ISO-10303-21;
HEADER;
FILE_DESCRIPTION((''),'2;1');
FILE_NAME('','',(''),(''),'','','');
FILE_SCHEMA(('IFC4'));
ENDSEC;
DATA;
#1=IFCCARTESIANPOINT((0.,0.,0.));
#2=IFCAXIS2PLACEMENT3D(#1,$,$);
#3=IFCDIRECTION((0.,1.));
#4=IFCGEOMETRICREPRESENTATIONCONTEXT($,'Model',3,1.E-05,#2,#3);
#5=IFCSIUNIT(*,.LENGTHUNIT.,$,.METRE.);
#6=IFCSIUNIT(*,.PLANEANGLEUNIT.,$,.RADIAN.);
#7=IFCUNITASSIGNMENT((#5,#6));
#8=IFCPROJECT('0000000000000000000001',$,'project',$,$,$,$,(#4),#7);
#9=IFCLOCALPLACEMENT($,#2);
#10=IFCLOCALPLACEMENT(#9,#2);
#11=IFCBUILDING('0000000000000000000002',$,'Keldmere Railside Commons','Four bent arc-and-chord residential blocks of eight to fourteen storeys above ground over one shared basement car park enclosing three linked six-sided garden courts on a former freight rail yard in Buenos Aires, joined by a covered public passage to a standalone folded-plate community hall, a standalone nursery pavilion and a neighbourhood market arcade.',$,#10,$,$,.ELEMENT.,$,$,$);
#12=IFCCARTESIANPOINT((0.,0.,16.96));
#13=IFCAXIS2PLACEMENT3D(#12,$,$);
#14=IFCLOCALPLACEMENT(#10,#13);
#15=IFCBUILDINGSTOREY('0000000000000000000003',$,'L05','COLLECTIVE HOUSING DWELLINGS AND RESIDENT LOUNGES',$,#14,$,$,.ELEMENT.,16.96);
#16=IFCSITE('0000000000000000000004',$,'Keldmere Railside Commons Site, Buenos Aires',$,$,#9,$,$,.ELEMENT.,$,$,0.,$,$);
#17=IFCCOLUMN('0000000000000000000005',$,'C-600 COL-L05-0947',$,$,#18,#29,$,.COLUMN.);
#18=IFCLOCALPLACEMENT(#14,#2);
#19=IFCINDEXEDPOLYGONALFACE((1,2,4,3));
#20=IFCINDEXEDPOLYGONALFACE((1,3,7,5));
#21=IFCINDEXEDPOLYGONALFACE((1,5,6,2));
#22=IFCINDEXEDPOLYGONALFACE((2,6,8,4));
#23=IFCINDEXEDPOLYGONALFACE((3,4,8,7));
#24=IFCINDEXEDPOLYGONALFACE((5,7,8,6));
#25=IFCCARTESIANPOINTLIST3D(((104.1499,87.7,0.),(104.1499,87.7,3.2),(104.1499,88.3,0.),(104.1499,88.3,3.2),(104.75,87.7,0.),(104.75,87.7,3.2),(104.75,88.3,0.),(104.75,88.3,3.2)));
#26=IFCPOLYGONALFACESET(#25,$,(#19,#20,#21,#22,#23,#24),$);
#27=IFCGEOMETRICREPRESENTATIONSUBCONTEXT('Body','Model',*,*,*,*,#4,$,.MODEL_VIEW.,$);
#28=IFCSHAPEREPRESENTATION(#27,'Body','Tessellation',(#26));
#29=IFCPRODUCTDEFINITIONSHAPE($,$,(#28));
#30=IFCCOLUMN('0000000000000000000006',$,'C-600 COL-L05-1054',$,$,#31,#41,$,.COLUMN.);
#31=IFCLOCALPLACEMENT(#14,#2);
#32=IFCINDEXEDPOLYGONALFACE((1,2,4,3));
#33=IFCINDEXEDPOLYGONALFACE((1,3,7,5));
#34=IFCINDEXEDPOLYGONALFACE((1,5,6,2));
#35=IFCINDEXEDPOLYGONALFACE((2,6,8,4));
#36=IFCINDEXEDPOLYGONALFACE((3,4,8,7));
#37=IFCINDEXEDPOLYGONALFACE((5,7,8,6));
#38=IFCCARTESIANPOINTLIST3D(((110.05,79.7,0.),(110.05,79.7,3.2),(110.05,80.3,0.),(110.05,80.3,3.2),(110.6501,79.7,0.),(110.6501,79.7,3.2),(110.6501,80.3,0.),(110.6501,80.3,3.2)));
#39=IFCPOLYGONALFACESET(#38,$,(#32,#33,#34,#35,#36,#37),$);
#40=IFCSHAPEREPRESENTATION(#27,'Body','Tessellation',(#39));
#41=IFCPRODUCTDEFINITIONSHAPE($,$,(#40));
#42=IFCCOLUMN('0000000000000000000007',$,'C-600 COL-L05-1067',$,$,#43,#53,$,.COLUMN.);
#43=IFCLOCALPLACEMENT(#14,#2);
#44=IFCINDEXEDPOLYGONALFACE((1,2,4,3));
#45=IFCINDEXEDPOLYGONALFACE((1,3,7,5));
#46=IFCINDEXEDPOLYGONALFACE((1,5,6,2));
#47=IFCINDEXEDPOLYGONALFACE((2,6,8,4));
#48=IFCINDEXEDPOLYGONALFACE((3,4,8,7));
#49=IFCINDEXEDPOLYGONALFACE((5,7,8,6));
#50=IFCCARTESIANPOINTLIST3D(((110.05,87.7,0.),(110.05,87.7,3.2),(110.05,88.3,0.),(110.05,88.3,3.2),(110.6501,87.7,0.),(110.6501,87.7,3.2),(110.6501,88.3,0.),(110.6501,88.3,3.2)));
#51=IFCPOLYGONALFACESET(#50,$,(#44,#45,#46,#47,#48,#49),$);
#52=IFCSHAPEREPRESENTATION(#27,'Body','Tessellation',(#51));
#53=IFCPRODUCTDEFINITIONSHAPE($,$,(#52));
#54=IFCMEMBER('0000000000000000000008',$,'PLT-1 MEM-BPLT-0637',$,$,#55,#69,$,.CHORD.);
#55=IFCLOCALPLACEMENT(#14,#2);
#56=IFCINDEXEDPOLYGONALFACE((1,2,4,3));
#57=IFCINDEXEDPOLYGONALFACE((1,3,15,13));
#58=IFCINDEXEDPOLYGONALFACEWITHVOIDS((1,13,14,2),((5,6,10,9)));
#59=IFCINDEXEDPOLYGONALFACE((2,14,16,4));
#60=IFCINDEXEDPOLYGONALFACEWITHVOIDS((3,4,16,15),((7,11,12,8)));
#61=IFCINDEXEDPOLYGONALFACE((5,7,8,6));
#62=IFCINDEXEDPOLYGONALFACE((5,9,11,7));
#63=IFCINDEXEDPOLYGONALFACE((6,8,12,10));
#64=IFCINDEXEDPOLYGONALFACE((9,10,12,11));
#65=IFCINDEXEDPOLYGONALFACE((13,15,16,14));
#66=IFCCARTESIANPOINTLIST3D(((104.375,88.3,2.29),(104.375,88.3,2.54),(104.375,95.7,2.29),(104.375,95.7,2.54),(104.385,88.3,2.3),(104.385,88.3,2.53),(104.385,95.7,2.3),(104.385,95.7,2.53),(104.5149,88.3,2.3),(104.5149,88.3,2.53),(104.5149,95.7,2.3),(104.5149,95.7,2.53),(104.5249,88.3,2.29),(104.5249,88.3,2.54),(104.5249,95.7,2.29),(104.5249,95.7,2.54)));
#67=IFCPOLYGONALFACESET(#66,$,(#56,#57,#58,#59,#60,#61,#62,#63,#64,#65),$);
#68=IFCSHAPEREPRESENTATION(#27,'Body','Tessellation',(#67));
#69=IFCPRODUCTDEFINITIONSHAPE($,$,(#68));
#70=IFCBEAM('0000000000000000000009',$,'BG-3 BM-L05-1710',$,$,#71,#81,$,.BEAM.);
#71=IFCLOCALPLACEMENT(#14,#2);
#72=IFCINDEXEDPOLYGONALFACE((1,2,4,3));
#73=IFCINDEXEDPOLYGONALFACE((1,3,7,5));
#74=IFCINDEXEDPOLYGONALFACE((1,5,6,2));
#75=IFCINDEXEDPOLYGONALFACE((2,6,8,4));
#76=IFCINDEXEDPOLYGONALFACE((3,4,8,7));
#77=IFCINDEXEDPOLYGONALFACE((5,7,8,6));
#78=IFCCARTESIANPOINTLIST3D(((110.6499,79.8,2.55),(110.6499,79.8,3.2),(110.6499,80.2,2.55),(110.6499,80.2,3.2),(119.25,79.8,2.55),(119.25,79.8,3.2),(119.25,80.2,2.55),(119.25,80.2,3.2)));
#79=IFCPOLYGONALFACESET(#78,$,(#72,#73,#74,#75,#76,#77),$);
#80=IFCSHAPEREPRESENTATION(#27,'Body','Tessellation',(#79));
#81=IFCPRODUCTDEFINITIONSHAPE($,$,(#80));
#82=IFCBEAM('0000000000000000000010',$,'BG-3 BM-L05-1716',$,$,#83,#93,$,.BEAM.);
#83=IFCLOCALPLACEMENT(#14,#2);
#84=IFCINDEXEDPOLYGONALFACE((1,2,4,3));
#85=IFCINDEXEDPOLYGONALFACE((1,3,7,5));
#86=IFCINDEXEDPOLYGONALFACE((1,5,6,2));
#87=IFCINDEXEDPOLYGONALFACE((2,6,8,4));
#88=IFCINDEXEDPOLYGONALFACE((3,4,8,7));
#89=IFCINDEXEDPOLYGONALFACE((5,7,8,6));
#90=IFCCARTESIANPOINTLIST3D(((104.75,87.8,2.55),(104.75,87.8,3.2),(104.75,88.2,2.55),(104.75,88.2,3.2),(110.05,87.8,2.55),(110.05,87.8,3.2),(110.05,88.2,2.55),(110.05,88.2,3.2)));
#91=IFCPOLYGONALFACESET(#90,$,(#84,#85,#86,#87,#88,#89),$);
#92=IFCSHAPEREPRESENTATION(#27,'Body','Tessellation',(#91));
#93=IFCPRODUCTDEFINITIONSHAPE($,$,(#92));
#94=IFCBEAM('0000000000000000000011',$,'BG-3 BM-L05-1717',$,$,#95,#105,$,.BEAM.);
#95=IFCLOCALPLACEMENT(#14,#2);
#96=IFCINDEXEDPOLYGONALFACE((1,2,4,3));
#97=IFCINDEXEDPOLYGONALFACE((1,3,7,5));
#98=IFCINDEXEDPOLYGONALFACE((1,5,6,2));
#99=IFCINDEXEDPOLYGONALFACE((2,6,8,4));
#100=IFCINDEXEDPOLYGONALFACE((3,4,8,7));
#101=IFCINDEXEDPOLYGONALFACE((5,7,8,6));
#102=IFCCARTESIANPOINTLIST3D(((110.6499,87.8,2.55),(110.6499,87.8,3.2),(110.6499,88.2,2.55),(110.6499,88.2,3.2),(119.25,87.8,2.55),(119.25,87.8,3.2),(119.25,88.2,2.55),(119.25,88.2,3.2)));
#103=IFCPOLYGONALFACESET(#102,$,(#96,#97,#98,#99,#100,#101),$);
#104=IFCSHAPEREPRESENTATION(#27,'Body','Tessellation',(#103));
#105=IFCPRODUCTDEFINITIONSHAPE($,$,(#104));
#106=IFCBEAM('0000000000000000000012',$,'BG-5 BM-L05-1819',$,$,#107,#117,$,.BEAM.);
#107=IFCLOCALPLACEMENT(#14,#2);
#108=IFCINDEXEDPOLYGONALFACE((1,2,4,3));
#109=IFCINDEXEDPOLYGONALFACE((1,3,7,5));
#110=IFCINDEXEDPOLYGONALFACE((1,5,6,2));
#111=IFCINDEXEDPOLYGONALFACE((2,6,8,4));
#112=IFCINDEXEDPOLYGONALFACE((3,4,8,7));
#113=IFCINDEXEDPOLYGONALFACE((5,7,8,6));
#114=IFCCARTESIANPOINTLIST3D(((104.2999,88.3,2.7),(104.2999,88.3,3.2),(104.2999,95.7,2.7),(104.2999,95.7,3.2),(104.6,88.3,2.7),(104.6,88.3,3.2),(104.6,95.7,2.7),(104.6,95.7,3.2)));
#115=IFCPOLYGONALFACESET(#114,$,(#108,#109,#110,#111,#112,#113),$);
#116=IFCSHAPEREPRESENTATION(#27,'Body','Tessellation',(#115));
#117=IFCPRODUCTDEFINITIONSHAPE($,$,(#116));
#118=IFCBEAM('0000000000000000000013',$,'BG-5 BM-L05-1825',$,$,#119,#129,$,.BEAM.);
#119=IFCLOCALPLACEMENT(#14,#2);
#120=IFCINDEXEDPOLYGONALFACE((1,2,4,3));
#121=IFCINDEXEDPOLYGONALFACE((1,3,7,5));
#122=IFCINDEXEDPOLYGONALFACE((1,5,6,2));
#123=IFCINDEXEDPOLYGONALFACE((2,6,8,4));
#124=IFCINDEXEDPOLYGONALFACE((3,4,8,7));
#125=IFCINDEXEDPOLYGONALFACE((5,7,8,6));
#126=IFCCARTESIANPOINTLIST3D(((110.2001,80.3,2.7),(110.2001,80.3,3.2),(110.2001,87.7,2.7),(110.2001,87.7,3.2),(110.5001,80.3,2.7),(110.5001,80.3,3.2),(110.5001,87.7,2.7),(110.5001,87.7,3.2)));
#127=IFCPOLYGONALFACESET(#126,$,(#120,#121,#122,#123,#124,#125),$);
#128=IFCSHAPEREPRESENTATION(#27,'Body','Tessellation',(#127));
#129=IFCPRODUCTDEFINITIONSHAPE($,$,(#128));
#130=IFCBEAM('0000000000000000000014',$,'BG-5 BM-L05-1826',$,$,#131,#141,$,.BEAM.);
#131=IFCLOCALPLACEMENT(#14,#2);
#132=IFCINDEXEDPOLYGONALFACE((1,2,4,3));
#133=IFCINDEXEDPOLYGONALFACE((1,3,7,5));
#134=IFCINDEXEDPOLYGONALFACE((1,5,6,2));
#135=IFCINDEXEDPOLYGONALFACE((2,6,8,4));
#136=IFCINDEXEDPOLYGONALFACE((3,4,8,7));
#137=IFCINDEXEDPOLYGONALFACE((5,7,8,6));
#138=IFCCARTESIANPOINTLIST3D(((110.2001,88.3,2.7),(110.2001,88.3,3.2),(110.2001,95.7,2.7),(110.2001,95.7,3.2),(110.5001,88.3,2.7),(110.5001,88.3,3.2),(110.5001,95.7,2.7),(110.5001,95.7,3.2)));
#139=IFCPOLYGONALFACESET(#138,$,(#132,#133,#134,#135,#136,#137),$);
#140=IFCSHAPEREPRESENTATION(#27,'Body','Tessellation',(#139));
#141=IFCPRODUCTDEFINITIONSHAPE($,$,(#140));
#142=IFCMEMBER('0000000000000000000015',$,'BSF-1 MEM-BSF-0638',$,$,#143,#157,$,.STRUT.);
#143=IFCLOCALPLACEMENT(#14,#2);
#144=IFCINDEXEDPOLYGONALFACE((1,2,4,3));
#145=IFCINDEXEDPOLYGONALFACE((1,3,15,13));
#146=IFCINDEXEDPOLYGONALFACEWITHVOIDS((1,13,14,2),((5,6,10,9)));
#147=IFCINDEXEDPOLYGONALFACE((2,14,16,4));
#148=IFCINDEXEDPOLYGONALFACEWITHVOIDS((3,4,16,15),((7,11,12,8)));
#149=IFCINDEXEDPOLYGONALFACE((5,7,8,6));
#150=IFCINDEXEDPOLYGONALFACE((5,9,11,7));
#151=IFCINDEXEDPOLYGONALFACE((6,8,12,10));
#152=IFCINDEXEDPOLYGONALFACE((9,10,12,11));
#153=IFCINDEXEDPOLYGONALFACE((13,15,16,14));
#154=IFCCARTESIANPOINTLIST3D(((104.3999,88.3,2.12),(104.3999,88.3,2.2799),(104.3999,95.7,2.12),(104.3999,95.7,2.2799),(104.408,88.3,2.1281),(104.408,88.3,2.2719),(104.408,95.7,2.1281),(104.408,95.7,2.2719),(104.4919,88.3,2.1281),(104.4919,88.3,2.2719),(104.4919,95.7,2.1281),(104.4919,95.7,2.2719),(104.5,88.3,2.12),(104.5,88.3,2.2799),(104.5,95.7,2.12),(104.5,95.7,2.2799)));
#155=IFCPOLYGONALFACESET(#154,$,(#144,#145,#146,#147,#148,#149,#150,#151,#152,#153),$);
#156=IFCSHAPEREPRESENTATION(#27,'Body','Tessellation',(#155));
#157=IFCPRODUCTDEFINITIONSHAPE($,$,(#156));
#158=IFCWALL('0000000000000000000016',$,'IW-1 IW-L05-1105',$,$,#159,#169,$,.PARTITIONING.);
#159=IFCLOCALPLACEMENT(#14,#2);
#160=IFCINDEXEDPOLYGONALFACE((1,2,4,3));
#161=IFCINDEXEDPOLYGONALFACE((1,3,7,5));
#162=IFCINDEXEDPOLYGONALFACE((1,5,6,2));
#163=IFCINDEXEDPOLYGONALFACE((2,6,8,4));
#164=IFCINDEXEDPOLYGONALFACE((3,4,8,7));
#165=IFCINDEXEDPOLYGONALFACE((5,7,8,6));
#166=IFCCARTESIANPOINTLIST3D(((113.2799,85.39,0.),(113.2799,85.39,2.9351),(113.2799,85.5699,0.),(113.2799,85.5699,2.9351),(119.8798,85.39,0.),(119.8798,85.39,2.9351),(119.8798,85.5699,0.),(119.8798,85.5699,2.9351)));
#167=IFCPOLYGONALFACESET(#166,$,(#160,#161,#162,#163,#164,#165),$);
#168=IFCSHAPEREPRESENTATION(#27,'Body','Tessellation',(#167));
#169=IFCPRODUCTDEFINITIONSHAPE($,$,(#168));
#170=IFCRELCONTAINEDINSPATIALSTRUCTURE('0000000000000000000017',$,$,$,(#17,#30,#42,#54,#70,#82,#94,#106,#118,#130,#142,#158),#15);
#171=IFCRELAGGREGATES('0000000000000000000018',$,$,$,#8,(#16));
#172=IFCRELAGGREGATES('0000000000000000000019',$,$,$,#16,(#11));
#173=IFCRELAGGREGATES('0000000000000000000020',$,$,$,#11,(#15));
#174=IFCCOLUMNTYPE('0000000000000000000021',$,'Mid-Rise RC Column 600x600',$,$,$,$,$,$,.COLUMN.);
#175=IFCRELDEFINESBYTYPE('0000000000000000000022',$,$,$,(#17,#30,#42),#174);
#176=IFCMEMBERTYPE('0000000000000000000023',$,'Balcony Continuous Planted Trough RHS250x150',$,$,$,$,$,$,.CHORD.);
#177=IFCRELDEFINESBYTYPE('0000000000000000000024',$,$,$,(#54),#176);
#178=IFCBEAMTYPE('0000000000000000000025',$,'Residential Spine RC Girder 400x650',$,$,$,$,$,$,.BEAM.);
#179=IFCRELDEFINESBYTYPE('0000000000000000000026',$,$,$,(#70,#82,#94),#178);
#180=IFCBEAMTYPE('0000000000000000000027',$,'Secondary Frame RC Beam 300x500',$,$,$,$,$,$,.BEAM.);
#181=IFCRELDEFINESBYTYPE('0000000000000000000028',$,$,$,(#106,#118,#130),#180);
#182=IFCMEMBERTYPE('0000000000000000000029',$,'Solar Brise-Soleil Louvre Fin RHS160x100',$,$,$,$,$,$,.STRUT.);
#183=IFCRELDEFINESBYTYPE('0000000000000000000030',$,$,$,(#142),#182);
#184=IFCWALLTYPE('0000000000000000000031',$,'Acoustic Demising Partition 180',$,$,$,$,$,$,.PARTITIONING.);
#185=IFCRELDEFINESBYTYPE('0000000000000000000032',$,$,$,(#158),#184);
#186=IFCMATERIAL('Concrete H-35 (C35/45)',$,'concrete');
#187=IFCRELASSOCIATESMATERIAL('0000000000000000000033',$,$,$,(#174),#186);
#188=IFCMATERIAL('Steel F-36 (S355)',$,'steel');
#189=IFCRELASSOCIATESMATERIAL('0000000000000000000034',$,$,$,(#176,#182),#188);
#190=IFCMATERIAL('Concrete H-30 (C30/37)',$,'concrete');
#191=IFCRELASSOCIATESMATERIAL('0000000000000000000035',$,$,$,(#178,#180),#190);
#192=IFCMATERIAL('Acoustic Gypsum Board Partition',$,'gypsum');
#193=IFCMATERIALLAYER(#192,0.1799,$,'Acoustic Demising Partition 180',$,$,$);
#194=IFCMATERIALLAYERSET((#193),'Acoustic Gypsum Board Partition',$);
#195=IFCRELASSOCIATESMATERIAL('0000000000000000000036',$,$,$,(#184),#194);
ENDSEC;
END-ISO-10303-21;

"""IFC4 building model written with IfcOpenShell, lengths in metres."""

from ifc_helpers import new_model, si_unit, direction, frame, frame_2d, origin, origin_2d, place, context, subcontext, project, spatial, rectangle, hollow_rectangle, extrude, material, layer, layer_set, material_profile, profile_set, type_object, element, save


model = new_model("IFC4")

# Units and contexts
model_context = context("Model", 3, precision=1e-05, world=origin(), true_north=direction((0.0, 1.0)))
body_context = subcontext(model_context, "Body", "Model", "MODEL_VIEW")
ifc_project = project(units=[si_unit("LENGTHUNIT", "METRE"), si_unit("PLANEANGLEUNIT", "RADIAN")], contexts=[model_context])

# Site, building, storey
site_placement = place(None, origin())
site = spatial("IfcSite", under=ifc_project, at=site_placement, Name="Keldmere Railside Commons Site, Buenos Aires", CompositionType="ELEMENT", RefElevation=0.0)
building_placement = place(site_placement, origin())
building = spatial("IfcBuilding", under=site, at=building_placement, Name="Keldmere Railside Commons", Description="Four bent arc-and-chord residential blocks of eight to fourteen storeys above ground over one shared basement car park enclosing three linked six-sided garden courts on a former freight rail yard in Buenos Aires, joined by a covered public passage to a standalone folded-plate community hall, a standalone nursery pavilion and a neighbourhood market arcade.", CompositionType="ELEMENT")
storey_placement = place(building_placement, frame((0.0, 0.0, 16.96)))
storey = spatial("IfcBuildingStorey", under=building, at=storey_placement, Name="L05", Description="COLLECTIVE HOUSING DWELLINGS AND RESIDENT LOUNGES", CompositionType="ELEMENT", Elevation=16.96)

# Columns
ifc_material_1 = material(Name="Concrete H-35 (C35/45)", Category="concrete")
ifc_material_profile_1 = material_profile(ifc_material_1, rectangle(XDim=0.6001, YDim=0.6001, at=origin_2d()), Name="RC-600x600")
ifc_profile_set_1 = profile_set([ifc_material_profile_1], Name="Concrete H-35 (C35/45)")
column_type = type_object("IfcColumnType", Name="Mid-Rise RC Column 600x600", PredefinedType="COLUMN", material=ifc_profile_set_1)
for number, where, z_axis, x_axis, name in (
    (1, (104.45, 88.0, 0.0), (0.0, 0.0, 1.0), (1.0, 0.0, 0.0), "C-600 COL-L05-0947"),
    (2, (110.3501, 80.0, 0.0), (0.0, 0.0, 1.0), (1.0, 0.0, 0.0), "C-600 COL-L05-1054"),
    (3, (110.3501, 88.0, 0.0), (0.0, 0.0, 1.0), (1.0, 0.0, 0.0), "C-600 COL-L05-1067"),
):
    element("IfcColumn", number, at=place(storey_placement, frame(where, z_axis=z_axis, x_axis=x_axis)), inside=storey, type_object=column_type, Name=name, PredefinedType="COLUMN", context=body_context, shape_type="SweptSolid", body=[
        extrude(rectangle(XDim=0.6001, YDim=0.6001, at=origin_2d()), origin(), (0.0, 0.0, 1.0), 3.2),
    ])

# Member
ifc_material_2 = material(Name="Steel F-36 (S355)", Category="steel")
ifc_material_profile_2 = material_profile(ifc_material_2, hollow_rectangle(XDim=0.1499, YDim=0.25, WallThickness=0.01, at=origin_2d()), Name="RHS-250x150x10")
ifc_profile_set_2 = profile_set([ifc_material_profile_2], Name="Steel F-36 (S355)")
member_type_1 = type_object("IfcMemberType", Name="Balcony Continuous Planted Trough RHS250x150", PredefinedType="CHORD", material=ifc_profile_set_2)
member_1_placement = place(storey_placement, frame((104.45, 88.3, 2.415), z_axis=(0.0, 1.0, 0.0), x_axis=(-1.0, 0.0, 0.0)))
element("IfcMember", 4, at=member_1_placement, inside=storey, type_object=member_type_1, Name="PLT-1 MEM-BPLT-0637", PredefinedType="CHORD", context=body_context, shape_type="SweptSolid", body=[
    extrude(hollow_rectangle(XDim=0.1499, YDim=0.25, WallThickness=0.01, at=origin_2d()), origin(), (0.0, 0.0, 1.0), 7.3999),
])

# Beams
ifc_material_3 = material(Name="Concrete H-30 (C30/37)", Category="concrete")
ifc_material_profile_3 = material_profile(ifc_material_3, rectangle(XDim=0.3999, YDim=0.6499, at=origin_2d()), Name="RC-400x650")
ifc_profile_set_3 = profile_set([ifc_material_profile_3], Name="Concrete H-30 (C30/37)")
beam_type_1 = type_object("IfcBeamType", Name="Residential Spine RC Girder 400x650", PredefinedType="BEAM", material=ifc_profile_set_3)
beam_1_placement = place(storey_placement, frame((110.6499, 80.0, 2.875), z_axis=(1.0, 0.0, 0.0), x_axis=(0.0, 1.0, 0.0)))
element("IfcBeam", 5, at=beam_1_placement, inside=storey, type_object=beam_type_1, Name="BG-3 BM-L05-1710", PredefinedType="BEAM", context=body_context, shape_type="SweptSolid", body=[
    extrude(rectangle(XDim=0.3999, YDim=0.6499, at=origin_2d()), origin(), (0.0, 0.0, 1.0), 8.6001),
])
beam_2_placement = place(storey_placement, frame((104.75, 88.0, 2.875), z_axis=(1.0, 0.0, 0.0), x_axis=(0.0, 1.0, 0.0)))
element("IfcBeam", 6, at=beam_2_placement, inside=storey, type_object=beam_type_1, Name="BG-3 BM-L05-1716", PredefinedType="BEAM", context=body_context, shape_type="SweptSolid", body=[
    extrude(rectangle(XDim=0.3999, YDim=0.6499, at=origin_2d()), origin(), (0.0, 0.0, 1.0), 5.3),
])
beam_3_placement = place(storey_placement, frame((110.6499, 88.0, 2.875), z_axis=(1.0, 0.0, 0.0), x_axis=(0.0, 1.0, 0.0)))
element("IfcBeam", 7, at=beam_3_placement, inside=storey, type_object=beam_type_1, Name="BG-3 BM-L05-1717", PredefinedType="BEAM", context=body_context, shape_type="SweptSolid", body=[
    extrude(rectangle(XDim=0.3999, YDim=0.6499, at=origin_2d()), origin(), (0.0, 0.0, 1.0), 8.6001),
])
ifc_material_profile_4 = material_profile(ifc_material_3, rectangle(XDim=0.3, YDim=0.5, at=origin_2d()), Name="RC-300x500")
ifc_profile_set_4 = profile_set([ifc_material_profile_4], Name="Concrete H-30 (C30/37)")
beam_type_2 = type_object("IfcBeamType", Name="Secondary Frame RC Beam 300x500", PredefinedType="BEAM", material=ifc_profile_set_4)
for number, where, z_axis, x_axis, name in (
    (8, (104.45, 88.3, 2.95), (0.0, 1.0, 0.0), (-1.0, 0.0, 0.0), "BG-5 BM-L05-1819"),
    (9, (110.3501, 80.3, 2.95), (0.0, 1.0, 0.0), (-1.0, 0.0, 0.0), "BG-5 BM-L05-1825"),
    (10, (110.3501, 88.3, 2.95), (0.0, 1.0, 0.0), (-1.0, 0.0, 0.0), "BG-5 BM-L05-1826"),
):
    element("IfcBeam", number, at=place(storey_placement, frame(where, z_axis=z_axis, x_axis=x_axis)), inside=storey, type_object=beam_type_2, Name=name, PredefinedType="BEAM", context=body_context, shape_type="SweptSolid", body=[
        extrude(rectangle(XDim=0.3, YDim=0.5, at=origin_2d()), origin(), (0.0, 0.0, 1.0), 7.3999),
    ])

# Member
ifc_material_profile_5 = material_profile(ifc_material_2, hollow_rectangle(XDim=0.1001, YDim=0.1599, WallThickness=0.0081, at=origin_2d()), Name="RHS-160x100x8")
ifc_profile_set_5 = profile_set([ifc_material_profile_5], Name="Steel F-36 (S355)")
member_type_2 = type_object("IfcMemberType", Name="Solar Brise-Soleil Louvre Fin RHS160x100", PredefinedType="STRUT", material=ifc_profile_set_5)
member_2_placement = place(storey_placement, frame((104.45, 88.3, 2.2), z_axis=(0.0, 1.0, 0.0), x_axis=(-1.0, 0.0, 0.0)))
element("IfcMember", 11, at=member_2_placement, inside=storey, type_object=member_type_2, Name="BSF-1 MEM-BSF-0638", PredefinedType="STRUT", context=body_context, shape_type="SweptSolid", body=[
    extrude(hollow_rectangle(XDim=0.1001, YDim=0.1599, WallThickness=0.0081, at=origin_2d()), origin(), (0.0, 0.0, 1.0), 7.3999),
])

# Wall
ifc_material_4 = material(Name="Acoustic Gypsum Board Partition", Category="gypsum")
ifc_layer_1 = layer(ifc_material_4, 0.1799, Name="Acoustic Demising Partition 180")
ifc_layer_set_1 = layer_set([ifc_layer_1], Name="Acoustic Gypsum Board Partition")
wall_type_1 = type_object("IfcWallType", Name="Acoustic Demising Partition 180", PredefinedType="PARTITIONING", material=ifc_layer_set_1)
wall_1_placement = place(storey_placement, frame((113.28, 85.48, 0.0), z_axis=(0.0, 0.0, 1.0), x_axis=(1.0, 0.0, 0.0)))
element("IfcWall", 12, at=wall_1_placement, inside=storey, type_object=wall_type_1, Name="IW-1 IW-L05-1105", PredefinedType="PARTITIONING", context=body_context, shape_type="SweptSolid", body=[
    extrude(rectangle(XDim=6.5999, YDim=0.1799, at=frame_2d((3.2998, 0.0))), origin(), (0.0, 0.0, 1.0), 2.9351),
])

save(model, "model.ifc")
